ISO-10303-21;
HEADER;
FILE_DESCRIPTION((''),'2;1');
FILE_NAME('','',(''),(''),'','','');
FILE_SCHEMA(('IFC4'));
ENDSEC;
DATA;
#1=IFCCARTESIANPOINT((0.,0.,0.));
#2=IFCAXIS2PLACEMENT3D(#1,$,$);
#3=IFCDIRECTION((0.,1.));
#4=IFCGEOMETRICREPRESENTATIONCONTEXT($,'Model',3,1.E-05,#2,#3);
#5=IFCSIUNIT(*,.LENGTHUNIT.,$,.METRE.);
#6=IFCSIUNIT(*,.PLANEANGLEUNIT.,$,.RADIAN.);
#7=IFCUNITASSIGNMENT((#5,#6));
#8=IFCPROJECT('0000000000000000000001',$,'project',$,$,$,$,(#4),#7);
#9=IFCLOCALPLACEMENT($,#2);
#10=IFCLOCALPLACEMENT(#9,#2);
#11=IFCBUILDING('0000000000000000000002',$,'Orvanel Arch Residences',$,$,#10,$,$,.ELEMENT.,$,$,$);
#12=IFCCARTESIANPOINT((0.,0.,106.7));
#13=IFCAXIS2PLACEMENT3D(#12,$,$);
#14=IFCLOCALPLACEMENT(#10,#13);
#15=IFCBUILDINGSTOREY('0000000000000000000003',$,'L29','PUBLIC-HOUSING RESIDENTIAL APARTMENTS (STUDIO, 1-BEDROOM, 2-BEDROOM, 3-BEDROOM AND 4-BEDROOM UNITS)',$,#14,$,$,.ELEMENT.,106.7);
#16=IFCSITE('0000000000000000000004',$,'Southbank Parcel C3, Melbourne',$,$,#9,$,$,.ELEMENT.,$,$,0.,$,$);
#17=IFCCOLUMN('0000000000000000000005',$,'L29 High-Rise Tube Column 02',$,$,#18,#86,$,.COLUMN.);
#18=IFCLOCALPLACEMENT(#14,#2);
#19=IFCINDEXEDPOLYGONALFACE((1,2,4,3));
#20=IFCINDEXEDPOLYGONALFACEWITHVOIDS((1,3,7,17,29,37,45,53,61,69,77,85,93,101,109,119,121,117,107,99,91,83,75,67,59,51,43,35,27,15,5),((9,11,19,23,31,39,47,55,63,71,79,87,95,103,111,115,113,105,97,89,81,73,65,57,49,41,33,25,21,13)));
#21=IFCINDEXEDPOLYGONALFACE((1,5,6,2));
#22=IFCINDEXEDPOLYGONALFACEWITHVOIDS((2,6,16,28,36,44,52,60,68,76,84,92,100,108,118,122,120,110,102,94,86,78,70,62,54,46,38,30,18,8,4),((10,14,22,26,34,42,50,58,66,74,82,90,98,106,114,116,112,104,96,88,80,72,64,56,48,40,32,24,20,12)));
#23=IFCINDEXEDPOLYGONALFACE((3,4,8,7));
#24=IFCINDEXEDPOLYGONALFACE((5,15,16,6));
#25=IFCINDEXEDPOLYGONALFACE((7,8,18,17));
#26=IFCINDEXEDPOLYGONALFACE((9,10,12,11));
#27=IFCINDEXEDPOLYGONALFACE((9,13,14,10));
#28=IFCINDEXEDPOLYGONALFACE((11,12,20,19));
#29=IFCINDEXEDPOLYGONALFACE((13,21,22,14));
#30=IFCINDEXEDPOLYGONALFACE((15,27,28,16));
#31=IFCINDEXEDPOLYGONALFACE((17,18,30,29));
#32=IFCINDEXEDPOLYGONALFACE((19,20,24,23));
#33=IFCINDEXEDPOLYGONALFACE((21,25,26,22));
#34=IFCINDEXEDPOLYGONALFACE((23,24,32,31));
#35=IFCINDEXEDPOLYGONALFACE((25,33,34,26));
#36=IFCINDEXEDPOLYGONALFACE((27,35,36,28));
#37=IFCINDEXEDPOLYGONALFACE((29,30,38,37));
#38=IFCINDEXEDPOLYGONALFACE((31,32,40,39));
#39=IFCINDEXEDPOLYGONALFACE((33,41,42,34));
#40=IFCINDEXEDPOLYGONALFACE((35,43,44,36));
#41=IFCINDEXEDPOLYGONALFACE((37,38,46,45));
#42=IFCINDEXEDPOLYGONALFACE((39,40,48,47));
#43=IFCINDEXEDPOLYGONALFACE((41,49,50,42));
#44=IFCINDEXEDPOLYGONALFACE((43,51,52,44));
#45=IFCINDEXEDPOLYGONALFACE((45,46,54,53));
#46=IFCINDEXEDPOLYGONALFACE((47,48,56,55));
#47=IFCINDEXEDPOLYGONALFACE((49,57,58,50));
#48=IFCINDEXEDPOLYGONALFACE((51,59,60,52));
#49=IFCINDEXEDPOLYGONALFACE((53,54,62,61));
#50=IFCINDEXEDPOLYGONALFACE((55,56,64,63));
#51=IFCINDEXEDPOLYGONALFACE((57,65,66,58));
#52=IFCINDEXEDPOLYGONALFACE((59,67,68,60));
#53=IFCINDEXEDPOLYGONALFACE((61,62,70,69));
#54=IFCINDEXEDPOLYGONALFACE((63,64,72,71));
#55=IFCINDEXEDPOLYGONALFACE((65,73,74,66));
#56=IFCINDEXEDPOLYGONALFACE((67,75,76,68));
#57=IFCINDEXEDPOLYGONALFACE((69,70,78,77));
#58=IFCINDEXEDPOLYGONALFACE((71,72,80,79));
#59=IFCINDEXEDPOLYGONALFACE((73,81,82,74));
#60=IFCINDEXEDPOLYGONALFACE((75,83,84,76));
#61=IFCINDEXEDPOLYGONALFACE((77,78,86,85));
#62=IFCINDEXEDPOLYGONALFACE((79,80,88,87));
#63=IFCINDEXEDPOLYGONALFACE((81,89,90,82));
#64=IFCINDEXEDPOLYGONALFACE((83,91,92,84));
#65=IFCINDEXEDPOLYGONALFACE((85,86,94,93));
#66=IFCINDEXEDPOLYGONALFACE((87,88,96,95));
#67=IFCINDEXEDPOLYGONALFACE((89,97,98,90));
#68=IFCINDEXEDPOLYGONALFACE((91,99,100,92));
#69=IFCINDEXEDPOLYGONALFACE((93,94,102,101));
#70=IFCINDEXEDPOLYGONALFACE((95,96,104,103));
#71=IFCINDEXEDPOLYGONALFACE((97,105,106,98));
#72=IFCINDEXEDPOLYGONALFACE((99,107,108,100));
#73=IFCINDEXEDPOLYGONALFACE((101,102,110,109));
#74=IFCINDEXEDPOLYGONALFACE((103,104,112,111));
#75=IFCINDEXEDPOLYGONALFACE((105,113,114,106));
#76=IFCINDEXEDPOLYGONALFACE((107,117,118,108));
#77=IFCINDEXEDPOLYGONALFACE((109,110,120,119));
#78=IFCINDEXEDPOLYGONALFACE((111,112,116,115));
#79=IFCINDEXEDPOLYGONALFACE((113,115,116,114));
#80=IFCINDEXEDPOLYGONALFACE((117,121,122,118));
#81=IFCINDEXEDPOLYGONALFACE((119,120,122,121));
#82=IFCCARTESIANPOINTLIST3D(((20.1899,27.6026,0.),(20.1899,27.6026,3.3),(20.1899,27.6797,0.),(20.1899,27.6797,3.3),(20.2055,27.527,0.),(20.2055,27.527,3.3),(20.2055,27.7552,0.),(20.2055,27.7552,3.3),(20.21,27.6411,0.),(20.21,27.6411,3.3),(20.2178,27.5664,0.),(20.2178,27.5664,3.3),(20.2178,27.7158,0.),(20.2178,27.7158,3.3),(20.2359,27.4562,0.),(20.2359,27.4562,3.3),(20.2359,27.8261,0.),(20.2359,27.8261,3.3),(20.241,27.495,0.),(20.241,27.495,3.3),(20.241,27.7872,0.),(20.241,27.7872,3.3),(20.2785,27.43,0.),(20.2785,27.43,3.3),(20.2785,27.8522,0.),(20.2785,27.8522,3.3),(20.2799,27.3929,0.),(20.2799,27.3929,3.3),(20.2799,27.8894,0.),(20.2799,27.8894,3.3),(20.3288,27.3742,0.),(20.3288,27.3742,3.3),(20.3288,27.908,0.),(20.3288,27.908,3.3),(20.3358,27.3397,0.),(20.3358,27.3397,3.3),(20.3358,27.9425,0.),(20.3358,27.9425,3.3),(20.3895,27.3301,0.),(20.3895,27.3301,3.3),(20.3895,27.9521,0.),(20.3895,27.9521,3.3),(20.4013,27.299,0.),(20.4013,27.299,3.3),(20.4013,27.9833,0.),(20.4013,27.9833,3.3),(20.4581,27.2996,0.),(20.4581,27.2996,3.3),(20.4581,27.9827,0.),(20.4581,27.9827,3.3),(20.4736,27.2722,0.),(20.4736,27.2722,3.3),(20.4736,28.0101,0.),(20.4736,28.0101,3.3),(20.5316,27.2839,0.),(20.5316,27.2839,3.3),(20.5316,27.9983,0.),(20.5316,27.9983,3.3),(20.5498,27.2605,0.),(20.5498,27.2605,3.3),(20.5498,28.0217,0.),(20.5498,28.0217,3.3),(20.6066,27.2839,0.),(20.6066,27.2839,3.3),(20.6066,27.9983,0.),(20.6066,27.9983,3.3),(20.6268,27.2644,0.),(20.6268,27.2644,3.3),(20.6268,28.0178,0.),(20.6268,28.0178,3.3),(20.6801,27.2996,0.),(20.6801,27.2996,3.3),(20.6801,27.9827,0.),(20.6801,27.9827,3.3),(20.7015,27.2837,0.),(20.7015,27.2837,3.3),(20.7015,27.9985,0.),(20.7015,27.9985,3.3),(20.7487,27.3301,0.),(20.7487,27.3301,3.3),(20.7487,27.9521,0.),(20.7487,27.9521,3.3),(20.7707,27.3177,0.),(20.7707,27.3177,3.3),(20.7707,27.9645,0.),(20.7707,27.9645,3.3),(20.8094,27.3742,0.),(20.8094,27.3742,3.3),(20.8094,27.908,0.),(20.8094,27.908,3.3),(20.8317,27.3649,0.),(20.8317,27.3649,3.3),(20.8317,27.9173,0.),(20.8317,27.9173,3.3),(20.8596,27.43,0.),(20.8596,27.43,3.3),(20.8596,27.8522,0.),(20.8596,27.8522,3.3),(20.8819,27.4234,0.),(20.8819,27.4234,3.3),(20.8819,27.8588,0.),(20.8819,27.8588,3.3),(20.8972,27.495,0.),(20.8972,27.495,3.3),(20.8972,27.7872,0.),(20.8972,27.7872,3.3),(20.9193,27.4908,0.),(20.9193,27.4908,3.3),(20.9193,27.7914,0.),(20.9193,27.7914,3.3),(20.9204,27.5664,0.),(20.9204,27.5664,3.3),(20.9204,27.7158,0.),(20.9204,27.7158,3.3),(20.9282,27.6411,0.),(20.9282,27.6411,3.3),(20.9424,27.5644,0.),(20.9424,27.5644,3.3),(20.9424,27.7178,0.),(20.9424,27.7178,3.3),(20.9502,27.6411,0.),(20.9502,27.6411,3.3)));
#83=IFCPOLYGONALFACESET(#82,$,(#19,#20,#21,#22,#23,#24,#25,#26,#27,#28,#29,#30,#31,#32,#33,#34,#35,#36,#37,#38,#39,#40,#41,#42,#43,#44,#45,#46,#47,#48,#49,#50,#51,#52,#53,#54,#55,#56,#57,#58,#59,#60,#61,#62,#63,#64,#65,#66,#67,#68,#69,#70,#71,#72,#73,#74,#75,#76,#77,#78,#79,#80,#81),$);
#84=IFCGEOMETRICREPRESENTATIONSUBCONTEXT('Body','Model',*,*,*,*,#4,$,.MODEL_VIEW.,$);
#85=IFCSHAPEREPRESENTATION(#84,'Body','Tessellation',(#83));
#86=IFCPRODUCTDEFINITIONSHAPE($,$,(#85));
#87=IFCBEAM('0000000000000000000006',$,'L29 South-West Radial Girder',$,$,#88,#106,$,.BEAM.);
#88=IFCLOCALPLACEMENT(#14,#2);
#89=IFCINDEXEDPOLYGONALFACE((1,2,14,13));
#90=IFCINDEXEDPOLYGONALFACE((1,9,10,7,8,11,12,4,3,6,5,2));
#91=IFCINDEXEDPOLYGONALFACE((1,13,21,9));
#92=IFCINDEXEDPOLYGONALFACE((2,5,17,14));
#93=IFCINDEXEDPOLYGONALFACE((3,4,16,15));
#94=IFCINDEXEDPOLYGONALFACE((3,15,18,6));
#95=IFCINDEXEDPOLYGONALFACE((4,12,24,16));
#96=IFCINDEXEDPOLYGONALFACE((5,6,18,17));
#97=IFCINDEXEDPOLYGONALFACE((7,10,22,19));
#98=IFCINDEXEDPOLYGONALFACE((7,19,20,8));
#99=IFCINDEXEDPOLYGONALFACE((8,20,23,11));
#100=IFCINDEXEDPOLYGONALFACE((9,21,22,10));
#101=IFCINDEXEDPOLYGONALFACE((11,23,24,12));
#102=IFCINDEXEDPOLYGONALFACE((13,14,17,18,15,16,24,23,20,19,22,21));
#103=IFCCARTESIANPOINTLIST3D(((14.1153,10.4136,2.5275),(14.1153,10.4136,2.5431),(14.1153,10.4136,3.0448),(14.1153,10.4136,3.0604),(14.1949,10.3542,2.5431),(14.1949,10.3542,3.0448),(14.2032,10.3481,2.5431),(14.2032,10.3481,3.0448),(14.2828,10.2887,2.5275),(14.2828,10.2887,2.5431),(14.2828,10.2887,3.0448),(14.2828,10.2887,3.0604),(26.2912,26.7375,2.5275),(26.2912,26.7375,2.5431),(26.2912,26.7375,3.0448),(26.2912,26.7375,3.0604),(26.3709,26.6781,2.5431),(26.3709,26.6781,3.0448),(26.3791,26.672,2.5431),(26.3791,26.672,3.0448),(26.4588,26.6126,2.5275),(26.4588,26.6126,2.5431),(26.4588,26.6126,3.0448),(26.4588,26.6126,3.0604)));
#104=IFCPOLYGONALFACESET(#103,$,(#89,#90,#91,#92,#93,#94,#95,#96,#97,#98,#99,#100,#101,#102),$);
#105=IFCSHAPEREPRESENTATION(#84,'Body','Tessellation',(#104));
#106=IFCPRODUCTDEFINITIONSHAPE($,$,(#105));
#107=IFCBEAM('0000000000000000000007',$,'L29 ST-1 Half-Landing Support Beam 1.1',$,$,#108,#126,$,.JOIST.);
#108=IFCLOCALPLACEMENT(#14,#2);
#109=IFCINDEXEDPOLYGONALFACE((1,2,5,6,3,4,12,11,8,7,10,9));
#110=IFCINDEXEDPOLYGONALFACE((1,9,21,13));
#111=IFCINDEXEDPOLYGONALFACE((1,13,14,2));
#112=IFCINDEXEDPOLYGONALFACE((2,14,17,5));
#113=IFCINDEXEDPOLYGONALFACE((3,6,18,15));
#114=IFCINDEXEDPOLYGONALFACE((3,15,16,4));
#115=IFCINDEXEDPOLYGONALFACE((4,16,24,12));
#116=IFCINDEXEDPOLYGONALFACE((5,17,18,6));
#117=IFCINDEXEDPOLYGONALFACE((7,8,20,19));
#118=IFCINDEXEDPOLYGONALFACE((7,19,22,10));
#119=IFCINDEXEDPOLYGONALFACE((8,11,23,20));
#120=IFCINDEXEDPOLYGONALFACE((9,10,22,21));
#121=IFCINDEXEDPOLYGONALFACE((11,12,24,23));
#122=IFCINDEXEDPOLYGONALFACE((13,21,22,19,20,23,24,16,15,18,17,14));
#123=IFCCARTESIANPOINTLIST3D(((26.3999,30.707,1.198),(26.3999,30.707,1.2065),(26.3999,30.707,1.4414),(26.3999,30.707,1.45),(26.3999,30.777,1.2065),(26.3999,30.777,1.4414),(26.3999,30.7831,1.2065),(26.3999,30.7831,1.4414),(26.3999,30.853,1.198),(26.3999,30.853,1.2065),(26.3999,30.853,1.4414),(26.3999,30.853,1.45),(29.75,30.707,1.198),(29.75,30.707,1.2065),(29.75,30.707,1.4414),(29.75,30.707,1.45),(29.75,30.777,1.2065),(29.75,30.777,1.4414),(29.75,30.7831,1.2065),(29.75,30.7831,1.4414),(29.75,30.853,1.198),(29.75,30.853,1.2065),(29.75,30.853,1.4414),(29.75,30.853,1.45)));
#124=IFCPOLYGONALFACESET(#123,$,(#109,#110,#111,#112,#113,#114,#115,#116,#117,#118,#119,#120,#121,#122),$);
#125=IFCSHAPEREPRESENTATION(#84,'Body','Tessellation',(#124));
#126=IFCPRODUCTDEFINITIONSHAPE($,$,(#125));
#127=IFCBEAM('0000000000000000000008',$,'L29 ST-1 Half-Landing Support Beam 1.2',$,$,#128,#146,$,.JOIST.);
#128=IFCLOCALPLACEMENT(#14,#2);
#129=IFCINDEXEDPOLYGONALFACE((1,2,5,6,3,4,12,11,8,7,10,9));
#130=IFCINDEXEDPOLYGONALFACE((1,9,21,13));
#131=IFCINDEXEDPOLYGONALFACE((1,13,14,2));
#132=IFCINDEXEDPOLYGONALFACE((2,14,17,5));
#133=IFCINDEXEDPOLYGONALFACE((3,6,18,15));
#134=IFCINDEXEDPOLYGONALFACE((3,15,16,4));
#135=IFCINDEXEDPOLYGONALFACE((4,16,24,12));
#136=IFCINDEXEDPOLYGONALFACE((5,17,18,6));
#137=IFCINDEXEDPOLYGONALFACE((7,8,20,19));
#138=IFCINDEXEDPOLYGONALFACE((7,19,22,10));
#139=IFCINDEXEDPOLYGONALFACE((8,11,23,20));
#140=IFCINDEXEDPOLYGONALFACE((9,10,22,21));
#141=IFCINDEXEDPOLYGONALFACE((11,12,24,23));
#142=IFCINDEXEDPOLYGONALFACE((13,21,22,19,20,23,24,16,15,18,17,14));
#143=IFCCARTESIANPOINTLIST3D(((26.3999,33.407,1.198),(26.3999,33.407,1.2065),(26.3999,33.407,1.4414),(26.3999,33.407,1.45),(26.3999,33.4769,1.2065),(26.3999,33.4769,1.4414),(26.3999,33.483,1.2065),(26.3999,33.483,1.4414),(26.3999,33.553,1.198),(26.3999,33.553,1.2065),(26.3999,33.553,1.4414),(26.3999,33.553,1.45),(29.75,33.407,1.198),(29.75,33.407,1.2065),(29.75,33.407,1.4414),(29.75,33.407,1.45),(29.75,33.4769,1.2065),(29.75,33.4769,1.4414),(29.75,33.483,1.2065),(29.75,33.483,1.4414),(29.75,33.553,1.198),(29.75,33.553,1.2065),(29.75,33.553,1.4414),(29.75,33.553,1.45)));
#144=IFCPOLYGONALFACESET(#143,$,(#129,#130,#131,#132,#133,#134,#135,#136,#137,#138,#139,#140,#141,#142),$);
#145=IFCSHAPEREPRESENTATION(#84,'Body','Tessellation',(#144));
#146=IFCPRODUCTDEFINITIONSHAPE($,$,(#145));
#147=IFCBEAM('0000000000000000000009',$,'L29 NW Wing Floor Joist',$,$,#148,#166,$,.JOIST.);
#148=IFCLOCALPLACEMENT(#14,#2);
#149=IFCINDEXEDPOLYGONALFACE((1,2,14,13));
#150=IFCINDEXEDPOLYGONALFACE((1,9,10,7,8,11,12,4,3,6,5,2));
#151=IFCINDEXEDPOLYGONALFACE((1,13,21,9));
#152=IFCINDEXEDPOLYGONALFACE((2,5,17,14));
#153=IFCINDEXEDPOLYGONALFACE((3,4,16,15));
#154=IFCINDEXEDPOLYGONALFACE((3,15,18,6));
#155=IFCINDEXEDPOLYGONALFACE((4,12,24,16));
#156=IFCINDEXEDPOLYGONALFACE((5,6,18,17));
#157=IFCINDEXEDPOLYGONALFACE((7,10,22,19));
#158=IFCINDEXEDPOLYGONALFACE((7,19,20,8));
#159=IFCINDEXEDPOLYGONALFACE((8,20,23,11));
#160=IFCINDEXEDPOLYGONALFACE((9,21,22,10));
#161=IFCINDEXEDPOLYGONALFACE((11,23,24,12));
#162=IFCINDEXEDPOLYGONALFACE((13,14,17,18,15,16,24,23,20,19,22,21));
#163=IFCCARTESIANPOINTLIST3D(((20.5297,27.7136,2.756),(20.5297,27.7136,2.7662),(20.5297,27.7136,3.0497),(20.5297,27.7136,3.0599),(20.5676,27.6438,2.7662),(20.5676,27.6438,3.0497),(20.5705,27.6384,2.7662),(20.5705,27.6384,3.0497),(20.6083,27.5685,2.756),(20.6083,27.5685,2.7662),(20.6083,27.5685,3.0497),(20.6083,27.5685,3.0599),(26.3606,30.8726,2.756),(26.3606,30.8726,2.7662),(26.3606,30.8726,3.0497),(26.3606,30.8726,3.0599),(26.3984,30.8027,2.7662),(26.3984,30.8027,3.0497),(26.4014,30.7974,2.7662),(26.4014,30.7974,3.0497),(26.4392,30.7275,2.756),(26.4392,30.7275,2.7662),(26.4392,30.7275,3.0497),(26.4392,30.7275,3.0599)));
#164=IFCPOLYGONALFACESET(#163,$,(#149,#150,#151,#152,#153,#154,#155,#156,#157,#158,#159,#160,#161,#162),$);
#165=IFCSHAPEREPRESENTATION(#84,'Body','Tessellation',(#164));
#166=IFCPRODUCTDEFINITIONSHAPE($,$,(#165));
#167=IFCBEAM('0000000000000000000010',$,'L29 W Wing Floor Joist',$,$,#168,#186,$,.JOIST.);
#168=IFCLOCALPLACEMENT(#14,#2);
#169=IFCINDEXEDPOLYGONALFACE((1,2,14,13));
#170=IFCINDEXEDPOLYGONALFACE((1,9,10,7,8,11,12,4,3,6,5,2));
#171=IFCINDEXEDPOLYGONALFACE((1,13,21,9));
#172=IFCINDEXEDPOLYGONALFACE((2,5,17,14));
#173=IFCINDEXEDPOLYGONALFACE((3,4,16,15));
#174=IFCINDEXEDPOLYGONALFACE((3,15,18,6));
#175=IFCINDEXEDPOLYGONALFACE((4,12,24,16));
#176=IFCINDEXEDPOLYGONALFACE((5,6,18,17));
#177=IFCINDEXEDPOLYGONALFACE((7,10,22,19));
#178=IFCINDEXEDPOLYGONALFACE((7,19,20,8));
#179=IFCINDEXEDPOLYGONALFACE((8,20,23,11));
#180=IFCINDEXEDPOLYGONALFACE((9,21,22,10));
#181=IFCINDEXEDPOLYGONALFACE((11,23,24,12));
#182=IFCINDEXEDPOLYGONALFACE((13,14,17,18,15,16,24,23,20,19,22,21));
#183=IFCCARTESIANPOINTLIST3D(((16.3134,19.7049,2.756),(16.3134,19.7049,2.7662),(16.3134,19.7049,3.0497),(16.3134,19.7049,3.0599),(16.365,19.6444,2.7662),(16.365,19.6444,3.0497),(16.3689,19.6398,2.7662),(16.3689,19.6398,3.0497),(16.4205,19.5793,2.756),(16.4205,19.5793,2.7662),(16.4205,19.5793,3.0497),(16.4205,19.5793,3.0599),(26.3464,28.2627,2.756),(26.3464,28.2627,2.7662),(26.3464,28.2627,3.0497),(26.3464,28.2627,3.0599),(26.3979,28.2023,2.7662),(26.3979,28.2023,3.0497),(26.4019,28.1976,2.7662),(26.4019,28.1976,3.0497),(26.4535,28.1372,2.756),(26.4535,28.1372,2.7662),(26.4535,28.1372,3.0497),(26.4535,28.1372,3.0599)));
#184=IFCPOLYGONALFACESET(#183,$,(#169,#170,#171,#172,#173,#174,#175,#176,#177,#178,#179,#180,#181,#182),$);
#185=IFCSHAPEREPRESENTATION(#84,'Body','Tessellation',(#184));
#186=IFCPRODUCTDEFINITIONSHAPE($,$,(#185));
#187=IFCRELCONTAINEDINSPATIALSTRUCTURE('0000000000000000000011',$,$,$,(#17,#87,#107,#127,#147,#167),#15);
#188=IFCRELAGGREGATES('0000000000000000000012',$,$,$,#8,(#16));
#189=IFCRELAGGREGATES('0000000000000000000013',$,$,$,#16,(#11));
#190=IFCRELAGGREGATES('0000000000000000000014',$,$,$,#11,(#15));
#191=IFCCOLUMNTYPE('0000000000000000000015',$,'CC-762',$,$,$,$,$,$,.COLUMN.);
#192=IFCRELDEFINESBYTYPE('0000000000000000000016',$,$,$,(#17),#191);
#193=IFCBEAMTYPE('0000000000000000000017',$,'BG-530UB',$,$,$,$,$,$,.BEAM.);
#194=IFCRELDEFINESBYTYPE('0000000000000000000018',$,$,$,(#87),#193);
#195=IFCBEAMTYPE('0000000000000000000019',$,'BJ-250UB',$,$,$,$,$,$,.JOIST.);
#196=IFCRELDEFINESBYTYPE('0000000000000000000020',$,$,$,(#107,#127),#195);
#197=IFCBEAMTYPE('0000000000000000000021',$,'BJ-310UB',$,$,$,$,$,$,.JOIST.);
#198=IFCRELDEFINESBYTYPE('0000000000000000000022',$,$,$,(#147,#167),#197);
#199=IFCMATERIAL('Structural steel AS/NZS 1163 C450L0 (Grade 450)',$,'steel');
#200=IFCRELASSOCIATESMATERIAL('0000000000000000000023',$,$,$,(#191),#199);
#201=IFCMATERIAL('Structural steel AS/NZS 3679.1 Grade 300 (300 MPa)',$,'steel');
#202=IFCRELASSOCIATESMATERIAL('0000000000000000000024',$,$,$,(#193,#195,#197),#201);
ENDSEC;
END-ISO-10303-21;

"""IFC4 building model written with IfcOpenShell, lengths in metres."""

from ifc_helpers import new_model, si_unit, direction, frame, origin, origin_2d, place, context, subcontext, project, spatial, hollow_circle, i_section, extrude, material, material_profile, profile_set, type_object, element, save


model = new_model("IFC4")

# Units and contexts
model_context = context("Model", 3, precision=1e-05, world=origin(), true_north=direction((0.0, 1.0)))
body_context = subcontext(model_context, "Body", "Model", "MODEL_VIEW")
ifc_project = project(units=[si_unit("LENGTHUNIT", "METRE"), si_unit("PLANEANGLEUNIT", "RADIAN")], contexts=[model_context])

# Site, building, storey
site_placement = place(None, origin())
site = spatial("IfcSite", under=ifc_project, at=site_placement, Name="Southbank Parcel C3, Melbourne", CompositionType="ELEMENT", RefElevation=0.0)
building_placement = place(site_placement, origin())
building = spatial("IfcBuilding", under=site, at=building_placement, Name="Orvanel Arch Residences", CompositionType="ELEMENT")
storey_placement = place(building_placement, frame((0.0, 0.0, 106.7)))
storey = spatial("IfcBuildingStorey", under=building, at=storey_placement, Name="L29", Description="PUBLIC-HOUSING RESIDENTIAL APARTMENTS (STUDIO, 1-BEDROOM, 2-BEDROOM, 3-BEDROOM AND 4-BEDROOM UNITS)", CompositionType="ELEMENT", Elevation=106.7)

# Column
ifc_material_1 = material(Name="Structural steel AS/NZS 1163 C450L0 (Grade 450)", Category="steel")
ifc_material_profile_1 = material_profile(ifc_material_1, hollow_circle(Radius=0.3811, WallThickness=0.022, at=origin_2d()), Name="CHS762x22")
ifc_profile_set_1 = profile_set([ifc_material_profile_1], Name="Structural steel AS/NZS 1163 C450L0 (Grade 450)")
column_type = type_object("IfcColumnType", Name="CC-762", PredefinedType="COLUMN", material=ifc_profile_set_1)
column_placement = place(storey_placement, frame((20.5691, 27.6411, 0.0), z_axis=(0.0, 0.0, 1.0), x_axis=(1.0, 0.0, 0.0)))
element("IfcColumn", 1, at=column_placement, inside=storey, type_object=column_type, Name="L29 High-Rise Tube Column 02", PredefinedType="COLUMN", context=body_context, shape_type="SweptSolid", body=[
    extrude(hollow_circle(Radius=0.3811, WallThickness=0.022, at=origin_2d()), origin(), (0.0, 0.0, 1.0), 3.3),
])

# Beams
ifc_material_2 = material(Name="Structural steel AS/NZS 3679.1 Grade 300 (300 MPa)", Category="steel")
ifc_material_profile_2 = material_profile(ifc_material_2, i_section(OverallWidth=0.209, OverallDepth=0.533, WebThickness=0.0103, FlangeThickness=0.0156, at=origin_2d()), Name="530UB92.4")
ifc_profile_set_2 = profile_set([ifc_material_profile_2], Name="Structural steel AS/NZS 3679.1 Grade 300 (300 MPa)")
beam_type_1 = type_object("IfcBeamType", Name="BG-530UB", PredefinedType="BEAM", material=ifc_profile_set_2)
beam_1_placement = place(storey_placement, frame((26.375, 26.675, 2.7939), z_axis=(-0.597894, -0.801575, 0.0), x_axis=(0.801575, -0.597894, 0.0)))
element("IfcBeam", 2, at=beam_1_placement, inside=storey, type_object=beam_type_1, Name="L29 South-West Radial Girder", PredefinedType="BEAM", context=body_context, shape_type="SweptSolid", body=[
    extrude(i_section(OverallWidth=0.209, OverallDepth=0.533, WebThickness=0.0103, FlangeThickness=0.0156, at=origin_2d()), origin(), (0.0, 0.0, 1.0), 20.3647),
])
ifc_material_profile_3 = material_profile(ifc_material_2, i_section(OverallWidth=0.146, OverallDepth=0.252, WebThickness=0.0061, FlangeThickness=0.0085, at=origin_2d()), Name="250UB31.4")
ifc_profile_set_3 = profile_set([ifc_material_profile_3], Name="Structural steel AS/NZS 3679.1 Grade 300 (300 MPa)")
beam_type_2 = type_object("IfcBeamType", Name="BJ-250UB", PredefinedType="JOIST", material=ifc_profile_set_3)
for number, where, z_axis, x_axis, name in (
    (3, (26.3999, 30.78, 1.324), (1.0, 0.0, 0.0), (0.0, 1.0, 0.0), "L29 ST-1 Half-Landing Support Beam 1.1"),
    (4, (26.3999, 33.48, 1.324), (1.0, 0.0, 0.0), (0.0, 1.0, 0.0), "L29 ST-1 Half-Landing Support Beam 1.2"),
):
    element("IfcBeam", number, at=place(storey_placement, frame(where, z_axis=z_axis, x_axis=x_axis)), inside=storey, type_object=beam_type_2, Name=name, PredefinedType="JOIST", context=body_context, shape_type="SweptSolid", body=[
        extrude(i_section(OverallWidth=0.146, OverallDepth=0.252, WebThickness=0.0061, FlangeThickness=0.0085, at=origin_2d()), origin(), (0.0, 0.0, 1.0), 3.3501),
    ])
ifc_material_profile_4 = material_profile(ifc_material_2, i_section(OverallWidth=0.165, OverallDepth=0.304, WebThickness=0.0061, FlangeThickness=0.0103, at=origin_2d()), Name="310UB40.4")
ifc_profile_set_4 = profile_set([ifc_material_profile_4], Name="Structural steel AS/NZS 3679.1 Grade 300 (300 MPa)")
beam_type_3 = type_object("IfcBeamType", Name="BJ-310UB", PredefinedType="JOIST", material=ifc_profile_set_4)
beam_2_placement = place(storey_placement, frame((26.3999, 30.8, 2.908), z_axis=(-0.879255, -0.476351, 0.0), x_axis=(0.476351, -0.879255, 0.0)))
element("IfcBeam", 5, at=beam_2_placement, inside=storey, type_object=beam_type_3, Name="L29 NW Wing Floor Joist", PredefinedType="JOIST", context=body_context, shape_type="SweptSolid", body=[
    extrude(i_section(OverallWidth=0.165, OverallDepth=0.304, WebThickness=0.0061, FlangeThickness=0.0103, at=origin_2d()), origin(), (0.0, 0.0, 1.0), 6.6316),
])
beam_3_placement = place(storey_placement, frame((26.3999, 28.2, 2.908), z_axis=(-0.760821, -0.648961, 0.0), x_axis=(0.648961, -0.760821, 0.0)))
element("IfcBeam", 6, at=beam_3_placement, inside=storey, type_object=beam_type_3, Name="L29 W Wing Floor Joist", PredefinedType="JOIST", context=body_context, shape_type="SweptSolid", body=[
    extrude(i_section(OverallWidth=0.165, OverallDepth=0.304, WebThickness=0.0061, FlangeThickness=0.0103, at=origin_2d()), origin(), (0.0, 0.0, 1.0), 13.187),
])

save(model, "model.ifc")
